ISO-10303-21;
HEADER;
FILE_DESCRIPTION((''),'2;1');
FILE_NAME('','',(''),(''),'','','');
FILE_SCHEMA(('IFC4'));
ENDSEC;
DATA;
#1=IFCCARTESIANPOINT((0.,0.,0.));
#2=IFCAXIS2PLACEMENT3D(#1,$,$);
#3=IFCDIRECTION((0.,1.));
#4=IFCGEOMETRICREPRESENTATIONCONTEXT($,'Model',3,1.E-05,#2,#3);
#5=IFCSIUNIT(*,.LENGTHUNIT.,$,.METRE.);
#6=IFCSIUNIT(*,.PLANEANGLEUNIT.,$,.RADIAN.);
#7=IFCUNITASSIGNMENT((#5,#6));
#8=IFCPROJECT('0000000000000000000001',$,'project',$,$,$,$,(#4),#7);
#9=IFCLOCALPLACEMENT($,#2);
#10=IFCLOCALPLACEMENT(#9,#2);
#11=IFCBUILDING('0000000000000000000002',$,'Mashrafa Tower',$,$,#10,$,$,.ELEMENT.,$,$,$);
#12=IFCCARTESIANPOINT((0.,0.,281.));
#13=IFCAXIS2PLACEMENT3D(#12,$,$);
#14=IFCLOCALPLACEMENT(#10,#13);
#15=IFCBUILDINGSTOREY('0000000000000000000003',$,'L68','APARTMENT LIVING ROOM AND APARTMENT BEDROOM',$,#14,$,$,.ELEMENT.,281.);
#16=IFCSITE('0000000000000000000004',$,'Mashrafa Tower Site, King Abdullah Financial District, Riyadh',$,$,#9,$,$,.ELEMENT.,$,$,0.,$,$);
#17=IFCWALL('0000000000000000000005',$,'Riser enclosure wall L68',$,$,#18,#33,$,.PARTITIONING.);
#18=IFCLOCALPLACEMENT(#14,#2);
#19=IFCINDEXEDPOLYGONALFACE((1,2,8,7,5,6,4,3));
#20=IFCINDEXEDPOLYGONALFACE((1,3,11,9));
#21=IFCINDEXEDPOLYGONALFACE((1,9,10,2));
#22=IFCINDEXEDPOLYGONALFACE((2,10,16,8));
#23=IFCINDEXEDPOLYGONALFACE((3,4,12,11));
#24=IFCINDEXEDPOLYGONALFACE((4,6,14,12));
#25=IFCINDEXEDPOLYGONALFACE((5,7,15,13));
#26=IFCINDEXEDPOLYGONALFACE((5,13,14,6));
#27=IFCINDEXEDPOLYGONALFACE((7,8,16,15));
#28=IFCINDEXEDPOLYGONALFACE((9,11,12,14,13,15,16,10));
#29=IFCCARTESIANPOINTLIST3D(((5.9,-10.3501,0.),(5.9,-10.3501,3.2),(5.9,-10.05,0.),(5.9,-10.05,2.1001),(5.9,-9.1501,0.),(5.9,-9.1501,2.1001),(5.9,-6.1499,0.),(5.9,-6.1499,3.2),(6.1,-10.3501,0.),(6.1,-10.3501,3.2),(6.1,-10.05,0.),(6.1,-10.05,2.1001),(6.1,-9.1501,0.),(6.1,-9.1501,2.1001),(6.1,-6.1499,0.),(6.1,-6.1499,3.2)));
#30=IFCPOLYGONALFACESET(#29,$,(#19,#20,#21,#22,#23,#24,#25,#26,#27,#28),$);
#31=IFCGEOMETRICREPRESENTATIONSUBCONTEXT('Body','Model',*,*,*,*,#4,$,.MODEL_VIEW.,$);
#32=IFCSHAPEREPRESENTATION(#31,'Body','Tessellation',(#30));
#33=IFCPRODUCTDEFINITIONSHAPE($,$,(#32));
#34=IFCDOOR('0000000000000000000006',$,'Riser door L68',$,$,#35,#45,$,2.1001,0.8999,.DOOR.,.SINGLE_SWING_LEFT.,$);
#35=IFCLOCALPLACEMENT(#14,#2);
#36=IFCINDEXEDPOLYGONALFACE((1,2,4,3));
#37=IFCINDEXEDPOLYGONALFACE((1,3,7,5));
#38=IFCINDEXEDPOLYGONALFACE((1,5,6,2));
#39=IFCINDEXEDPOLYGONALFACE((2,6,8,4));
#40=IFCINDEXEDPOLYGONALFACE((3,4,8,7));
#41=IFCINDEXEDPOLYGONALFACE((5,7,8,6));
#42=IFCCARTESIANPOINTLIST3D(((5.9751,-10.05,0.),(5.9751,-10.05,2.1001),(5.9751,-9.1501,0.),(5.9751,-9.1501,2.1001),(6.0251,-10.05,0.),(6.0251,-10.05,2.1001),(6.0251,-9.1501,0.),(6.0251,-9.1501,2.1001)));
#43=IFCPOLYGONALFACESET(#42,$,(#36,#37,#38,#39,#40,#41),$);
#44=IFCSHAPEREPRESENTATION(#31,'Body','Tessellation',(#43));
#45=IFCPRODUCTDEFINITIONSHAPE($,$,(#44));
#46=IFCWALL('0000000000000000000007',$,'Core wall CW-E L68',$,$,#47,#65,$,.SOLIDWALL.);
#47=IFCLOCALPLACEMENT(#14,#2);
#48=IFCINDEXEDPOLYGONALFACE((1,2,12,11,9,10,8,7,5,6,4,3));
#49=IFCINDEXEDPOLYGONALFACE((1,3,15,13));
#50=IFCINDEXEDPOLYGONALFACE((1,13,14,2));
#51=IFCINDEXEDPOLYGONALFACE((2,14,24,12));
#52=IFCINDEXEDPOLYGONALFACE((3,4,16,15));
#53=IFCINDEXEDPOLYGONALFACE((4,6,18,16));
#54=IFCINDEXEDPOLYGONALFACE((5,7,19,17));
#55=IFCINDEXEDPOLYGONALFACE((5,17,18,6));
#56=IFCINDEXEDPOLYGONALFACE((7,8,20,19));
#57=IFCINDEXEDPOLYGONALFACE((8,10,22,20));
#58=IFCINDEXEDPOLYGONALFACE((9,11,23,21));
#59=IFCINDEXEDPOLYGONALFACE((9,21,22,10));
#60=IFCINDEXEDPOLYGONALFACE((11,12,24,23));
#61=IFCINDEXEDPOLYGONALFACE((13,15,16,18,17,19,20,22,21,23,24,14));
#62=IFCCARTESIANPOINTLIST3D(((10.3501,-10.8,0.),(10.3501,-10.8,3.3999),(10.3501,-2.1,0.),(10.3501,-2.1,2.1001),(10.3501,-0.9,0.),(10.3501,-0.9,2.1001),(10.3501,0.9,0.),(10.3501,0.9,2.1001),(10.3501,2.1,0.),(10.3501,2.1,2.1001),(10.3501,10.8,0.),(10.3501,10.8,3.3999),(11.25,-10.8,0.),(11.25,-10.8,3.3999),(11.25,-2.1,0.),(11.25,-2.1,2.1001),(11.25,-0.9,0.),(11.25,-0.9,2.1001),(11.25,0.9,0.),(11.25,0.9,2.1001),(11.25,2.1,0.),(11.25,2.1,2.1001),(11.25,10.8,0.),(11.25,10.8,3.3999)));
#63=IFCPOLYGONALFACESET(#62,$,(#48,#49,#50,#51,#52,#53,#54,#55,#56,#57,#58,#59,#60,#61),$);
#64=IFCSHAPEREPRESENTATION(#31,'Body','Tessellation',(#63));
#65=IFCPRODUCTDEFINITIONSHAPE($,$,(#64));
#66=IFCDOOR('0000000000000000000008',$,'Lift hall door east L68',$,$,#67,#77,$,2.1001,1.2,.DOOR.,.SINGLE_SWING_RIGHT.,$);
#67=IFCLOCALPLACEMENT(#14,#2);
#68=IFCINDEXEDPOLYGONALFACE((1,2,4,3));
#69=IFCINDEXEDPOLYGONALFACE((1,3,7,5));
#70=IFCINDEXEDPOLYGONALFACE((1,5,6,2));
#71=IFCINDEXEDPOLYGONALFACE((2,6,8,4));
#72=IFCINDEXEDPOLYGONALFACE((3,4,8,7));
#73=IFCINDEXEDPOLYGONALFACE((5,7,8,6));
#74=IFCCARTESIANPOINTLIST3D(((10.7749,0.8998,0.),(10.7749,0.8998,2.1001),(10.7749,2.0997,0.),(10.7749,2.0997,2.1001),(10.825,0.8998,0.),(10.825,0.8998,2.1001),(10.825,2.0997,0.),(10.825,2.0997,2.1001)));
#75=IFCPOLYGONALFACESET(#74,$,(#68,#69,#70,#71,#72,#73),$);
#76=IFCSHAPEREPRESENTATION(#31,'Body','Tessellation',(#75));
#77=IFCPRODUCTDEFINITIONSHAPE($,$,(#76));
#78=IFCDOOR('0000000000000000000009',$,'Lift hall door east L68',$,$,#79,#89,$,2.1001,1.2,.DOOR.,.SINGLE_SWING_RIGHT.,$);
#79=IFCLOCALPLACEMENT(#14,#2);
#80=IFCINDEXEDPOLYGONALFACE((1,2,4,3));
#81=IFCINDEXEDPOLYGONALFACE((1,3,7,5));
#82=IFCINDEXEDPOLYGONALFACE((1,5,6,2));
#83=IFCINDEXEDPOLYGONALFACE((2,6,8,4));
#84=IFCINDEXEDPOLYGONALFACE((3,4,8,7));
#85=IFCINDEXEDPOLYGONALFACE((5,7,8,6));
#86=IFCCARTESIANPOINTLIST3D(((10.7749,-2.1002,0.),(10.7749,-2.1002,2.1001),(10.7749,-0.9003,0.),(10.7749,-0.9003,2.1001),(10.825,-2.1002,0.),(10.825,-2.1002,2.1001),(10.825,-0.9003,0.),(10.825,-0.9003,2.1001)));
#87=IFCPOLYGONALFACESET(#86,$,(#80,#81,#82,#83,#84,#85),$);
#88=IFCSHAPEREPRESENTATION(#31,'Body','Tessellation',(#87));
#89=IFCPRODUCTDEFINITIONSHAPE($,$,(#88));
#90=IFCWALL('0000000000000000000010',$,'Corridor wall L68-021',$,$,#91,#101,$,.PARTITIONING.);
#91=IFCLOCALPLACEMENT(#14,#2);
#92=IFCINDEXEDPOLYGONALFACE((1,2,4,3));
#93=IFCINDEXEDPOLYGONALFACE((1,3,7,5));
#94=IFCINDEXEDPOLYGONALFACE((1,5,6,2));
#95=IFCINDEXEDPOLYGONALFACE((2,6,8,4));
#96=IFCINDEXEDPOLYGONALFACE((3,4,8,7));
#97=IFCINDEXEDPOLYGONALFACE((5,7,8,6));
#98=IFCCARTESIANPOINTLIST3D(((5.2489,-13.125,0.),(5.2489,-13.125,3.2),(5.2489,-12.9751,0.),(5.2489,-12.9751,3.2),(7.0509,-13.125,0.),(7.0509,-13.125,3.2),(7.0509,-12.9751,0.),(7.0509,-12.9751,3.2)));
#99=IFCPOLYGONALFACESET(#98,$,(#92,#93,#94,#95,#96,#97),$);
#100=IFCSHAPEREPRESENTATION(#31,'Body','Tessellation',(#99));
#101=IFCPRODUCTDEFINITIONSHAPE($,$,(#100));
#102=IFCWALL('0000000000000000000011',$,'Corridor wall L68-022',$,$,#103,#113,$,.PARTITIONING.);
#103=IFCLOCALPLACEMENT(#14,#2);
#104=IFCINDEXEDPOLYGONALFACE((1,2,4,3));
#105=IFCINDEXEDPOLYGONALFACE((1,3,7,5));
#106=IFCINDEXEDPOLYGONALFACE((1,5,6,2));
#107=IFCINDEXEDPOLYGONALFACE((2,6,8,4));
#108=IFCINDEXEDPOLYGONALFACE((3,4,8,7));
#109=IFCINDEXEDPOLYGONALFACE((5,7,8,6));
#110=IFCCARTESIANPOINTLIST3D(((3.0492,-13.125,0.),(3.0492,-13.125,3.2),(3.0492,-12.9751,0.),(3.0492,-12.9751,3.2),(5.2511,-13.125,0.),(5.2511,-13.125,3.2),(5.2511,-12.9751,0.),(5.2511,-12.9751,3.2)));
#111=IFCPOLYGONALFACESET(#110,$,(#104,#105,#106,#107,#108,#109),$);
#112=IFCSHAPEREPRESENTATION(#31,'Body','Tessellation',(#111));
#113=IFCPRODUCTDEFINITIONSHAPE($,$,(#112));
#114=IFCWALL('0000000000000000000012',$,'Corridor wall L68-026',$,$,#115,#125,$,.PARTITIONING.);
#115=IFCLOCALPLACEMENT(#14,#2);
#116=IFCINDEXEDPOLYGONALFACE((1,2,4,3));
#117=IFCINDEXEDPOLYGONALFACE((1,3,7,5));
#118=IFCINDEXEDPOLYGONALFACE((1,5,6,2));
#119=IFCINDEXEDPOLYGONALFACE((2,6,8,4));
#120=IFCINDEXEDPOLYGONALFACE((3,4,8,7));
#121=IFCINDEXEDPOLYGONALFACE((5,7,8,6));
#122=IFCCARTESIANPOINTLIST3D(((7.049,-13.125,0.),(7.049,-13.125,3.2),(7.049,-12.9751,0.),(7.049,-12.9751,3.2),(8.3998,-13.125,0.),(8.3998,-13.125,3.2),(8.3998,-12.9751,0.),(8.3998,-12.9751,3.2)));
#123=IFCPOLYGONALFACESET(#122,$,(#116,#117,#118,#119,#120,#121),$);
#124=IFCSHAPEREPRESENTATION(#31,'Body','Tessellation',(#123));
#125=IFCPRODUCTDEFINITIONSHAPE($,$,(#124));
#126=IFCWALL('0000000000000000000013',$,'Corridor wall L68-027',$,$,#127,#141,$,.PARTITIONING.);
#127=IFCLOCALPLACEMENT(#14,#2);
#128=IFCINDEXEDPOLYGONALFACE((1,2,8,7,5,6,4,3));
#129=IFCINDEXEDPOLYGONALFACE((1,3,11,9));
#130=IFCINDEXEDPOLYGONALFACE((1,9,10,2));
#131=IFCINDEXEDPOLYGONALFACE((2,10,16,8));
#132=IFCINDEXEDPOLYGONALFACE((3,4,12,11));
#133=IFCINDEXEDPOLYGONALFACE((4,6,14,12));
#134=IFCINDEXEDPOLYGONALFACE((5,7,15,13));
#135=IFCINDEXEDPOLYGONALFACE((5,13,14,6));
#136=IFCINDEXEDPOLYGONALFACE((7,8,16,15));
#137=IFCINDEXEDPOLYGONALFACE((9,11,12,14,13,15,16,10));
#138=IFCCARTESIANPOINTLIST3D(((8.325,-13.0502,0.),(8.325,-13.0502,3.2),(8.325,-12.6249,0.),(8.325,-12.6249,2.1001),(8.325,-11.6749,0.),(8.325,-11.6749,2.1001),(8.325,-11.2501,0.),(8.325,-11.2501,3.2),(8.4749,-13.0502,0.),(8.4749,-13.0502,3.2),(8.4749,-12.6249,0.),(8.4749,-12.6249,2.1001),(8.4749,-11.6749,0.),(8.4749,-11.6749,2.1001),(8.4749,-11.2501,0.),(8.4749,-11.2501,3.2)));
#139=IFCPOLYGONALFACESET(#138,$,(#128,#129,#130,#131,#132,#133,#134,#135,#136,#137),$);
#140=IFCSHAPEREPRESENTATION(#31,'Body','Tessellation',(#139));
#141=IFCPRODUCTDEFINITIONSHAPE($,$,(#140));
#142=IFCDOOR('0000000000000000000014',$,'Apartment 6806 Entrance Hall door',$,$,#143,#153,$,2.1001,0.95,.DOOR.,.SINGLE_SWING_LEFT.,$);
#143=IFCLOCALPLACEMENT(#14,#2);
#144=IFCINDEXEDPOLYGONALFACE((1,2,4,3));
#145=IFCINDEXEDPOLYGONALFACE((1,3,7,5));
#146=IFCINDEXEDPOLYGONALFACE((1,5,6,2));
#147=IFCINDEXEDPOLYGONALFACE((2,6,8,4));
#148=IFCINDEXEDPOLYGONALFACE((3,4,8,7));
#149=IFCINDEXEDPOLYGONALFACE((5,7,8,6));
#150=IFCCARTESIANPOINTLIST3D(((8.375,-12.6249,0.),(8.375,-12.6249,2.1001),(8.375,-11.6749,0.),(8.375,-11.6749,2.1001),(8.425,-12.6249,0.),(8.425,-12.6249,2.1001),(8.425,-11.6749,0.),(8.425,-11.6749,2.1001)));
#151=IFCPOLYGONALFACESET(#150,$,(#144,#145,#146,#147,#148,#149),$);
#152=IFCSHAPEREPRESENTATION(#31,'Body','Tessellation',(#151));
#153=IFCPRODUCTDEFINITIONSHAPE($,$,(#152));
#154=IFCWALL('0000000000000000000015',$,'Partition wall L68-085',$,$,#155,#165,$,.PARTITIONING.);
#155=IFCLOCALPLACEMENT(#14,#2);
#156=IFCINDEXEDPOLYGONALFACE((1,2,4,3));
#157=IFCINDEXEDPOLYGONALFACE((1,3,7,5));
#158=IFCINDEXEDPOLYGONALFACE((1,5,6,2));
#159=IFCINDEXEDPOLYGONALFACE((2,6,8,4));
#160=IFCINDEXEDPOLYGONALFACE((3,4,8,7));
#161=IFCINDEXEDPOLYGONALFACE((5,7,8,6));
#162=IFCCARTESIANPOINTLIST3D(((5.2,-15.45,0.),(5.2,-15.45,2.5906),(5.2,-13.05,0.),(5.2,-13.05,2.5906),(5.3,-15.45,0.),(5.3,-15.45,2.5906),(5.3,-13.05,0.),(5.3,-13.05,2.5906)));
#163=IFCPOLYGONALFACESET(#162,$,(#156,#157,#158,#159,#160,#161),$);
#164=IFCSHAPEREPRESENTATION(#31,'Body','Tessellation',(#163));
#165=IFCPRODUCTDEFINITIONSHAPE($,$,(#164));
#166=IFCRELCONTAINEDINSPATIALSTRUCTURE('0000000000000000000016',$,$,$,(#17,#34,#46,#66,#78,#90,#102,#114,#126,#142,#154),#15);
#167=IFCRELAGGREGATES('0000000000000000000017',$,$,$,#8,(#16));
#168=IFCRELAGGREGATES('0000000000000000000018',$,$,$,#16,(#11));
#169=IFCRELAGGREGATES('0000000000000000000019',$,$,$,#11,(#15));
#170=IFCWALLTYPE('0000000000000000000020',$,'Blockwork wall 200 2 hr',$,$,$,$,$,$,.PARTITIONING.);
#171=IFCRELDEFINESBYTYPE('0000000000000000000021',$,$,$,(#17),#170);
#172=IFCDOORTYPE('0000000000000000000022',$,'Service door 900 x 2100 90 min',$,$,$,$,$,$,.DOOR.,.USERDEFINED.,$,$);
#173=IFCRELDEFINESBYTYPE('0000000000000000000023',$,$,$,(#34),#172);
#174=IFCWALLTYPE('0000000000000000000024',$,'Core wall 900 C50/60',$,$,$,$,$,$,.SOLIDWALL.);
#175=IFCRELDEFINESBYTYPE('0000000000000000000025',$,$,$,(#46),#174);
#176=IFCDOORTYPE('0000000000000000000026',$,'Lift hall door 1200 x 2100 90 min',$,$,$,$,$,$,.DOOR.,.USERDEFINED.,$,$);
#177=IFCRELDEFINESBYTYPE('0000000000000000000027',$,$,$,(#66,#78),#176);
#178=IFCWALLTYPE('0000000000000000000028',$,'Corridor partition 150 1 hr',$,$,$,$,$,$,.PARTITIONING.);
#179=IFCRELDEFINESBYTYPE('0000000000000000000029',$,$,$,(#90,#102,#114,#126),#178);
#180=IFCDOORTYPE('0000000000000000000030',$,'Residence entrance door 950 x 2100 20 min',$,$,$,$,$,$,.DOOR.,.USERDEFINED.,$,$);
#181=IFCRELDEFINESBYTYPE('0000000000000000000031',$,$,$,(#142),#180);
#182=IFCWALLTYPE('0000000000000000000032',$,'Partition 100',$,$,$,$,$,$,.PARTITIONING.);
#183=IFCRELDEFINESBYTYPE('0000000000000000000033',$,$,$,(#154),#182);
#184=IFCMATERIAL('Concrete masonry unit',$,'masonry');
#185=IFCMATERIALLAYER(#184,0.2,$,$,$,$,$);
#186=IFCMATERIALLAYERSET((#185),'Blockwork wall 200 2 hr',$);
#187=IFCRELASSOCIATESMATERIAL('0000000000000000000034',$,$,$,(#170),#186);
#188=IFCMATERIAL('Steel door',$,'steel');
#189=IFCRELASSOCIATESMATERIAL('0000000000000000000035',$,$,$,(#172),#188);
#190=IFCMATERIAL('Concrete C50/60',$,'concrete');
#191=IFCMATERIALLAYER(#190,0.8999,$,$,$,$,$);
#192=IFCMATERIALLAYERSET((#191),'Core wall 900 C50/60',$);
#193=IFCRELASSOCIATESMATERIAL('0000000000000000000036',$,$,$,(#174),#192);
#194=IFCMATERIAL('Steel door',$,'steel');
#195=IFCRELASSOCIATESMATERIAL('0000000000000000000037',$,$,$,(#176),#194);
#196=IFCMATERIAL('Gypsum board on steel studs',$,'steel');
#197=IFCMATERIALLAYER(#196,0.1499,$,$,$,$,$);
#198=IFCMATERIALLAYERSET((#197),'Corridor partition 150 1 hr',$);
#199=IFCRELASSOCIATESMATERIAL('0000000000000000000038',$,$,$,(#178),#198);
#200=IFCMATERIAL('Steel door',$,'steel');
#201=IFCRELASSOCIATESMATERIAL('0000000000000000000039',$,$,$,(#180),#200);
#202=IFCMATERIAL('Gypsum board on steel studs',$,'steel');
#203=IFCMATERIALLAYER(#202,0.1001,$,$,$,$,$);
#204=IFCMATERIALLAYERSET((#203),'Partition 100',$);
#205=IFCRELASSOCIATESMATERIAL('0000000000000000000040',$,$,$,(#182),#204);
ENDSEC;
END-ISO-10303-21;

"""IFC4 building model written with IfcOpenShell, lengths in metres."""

from ifc_helpers import new_model, si_unit, direction, frame, frame_2d, origin, place, context, subcontext, project, spatial, rectangle, extrude, material, layer, layer_set, type_object, element, fill, save


model = new_model("IFC4")

# Units and contexts
model_context = context("Model", 3, precision=1e-05, world=origin(), true_north=direction((0.0, 1.0)))
body_context = subcontext(model_context, "Body", "Model", "MODEL_VIEW")
ifc_project = project(units=[si_unit("LENGTHUNIT", "METRE"), si_unit("PLANEANGLEUNIT", "RADIAN")], contexts=[model_context])

# Site, building, storey
site_placement = place(None, origin())
site = spatial("IfcSite", under=ifc_project, at=site_placement, Name="Mashrafa Tower Site, King Abdullah Financial District, Riyadh", CompositionType="ELEMENT", RefElevation=0.0)
building_placement = place(site_placement, origin())
building = spatial("IfcBuilding", under=site, at=building_placement, Name="Mashrafa Tower", CompositionType="ELEMENT")
storey_placement = place(building_placement, frame((0.0, 0.0, 281.0)))
storey = spatial("IfcBuildingStorey", under=building, at=storey_placement, Name="L68", Description="APARTMENT LIVING ROOM AND APARTMENT BEDROOM", CompositionType="ELEMENT", Elevation=281.0)

# Wall, opening, door
ifc_material_1 = material(Name="Concrete masonry unit", Category="masonry")
ifc_layer_1 = layer(ifc_material_1, 0.2)
ifc_layer_set_1 = layer_set([ifc_layer_1], Name="Blockwork wall 200 2 hr")
wall_type_1 = type_object("IfcWallType", Name="Blockwork wall 200 2 hr", PredefinedType="PARTITIONING", material=ifc_layer_set_1)
wall_1_placement = place(storey_placement, frame((6.0, -10.3501, 0.0), z_axis=(0.0, 0.0, 1.0), x_axis=(0.0, 1.0, 0.0)))
wall_1 = element("IfcWall", 1, at=wall_1_placement, inside=storey, type_object=wall_type_1, Name="Riser enclosure wall L68", PredefinedType="PARTITIONING", context=body_context, shape_type="SweptSolid", body=[
    extrude(rectangle(XDim=4.2002, YDim=0.2, at=frame_2d((2.1001, 0.0))), origin(), (0.0, 0.0, 1.0), 3.2),
])
opening_1_placement = place(wall_1_placement, frame((0.3, 0.0, 0.0)))
opening_1 = element("IfcOpeningElement", 2, at=opening_1_placement, cuts=wall_1, PredefinedType="OPENING", context=body_context, shape_type="SweptSolid", body=[
    extrude(rectangle(XDim=0.8999, YDim=2.1001, at=frame_2d((0.45, 1.05))), frame((0.0, 0.1099, 0.0), z_axis=(0.0, -1.0, 0.0), x_axis=(1.0, 0.0, 0.0)), (0.0, 0.0, 1.0), 0.22),
])
ifc_material_2 = material(Name="Steel door", Category="steel")
door_type_1 = type_object("IfcDoorType", Name="Service door 900 x 2100 90 min", OperationType="USERDEFINED", PredefinedType="DOOR", material=ifc_material_2)
door_1_placement = place(opening_1_placement, origin())
door_1 = element("IfcDoor", 3, at=door_1_placement, inside=storey, type_object=door_type_1, Name="Riser door L68", OperationType="SINGLE_SWING_LEFT", OverallHeight=2.1001, OverallWidth=0.8999, PredefinedType="DOOR", context=body_context, shape_type="SweptSolid", body=[
    extrude(rectangle(XDim=0.8999, YDim=2.1001, at=frame_2d((0.45, 1.05))), frame((0.0, 0.0249, 0.0), z_axis=(0.0, -1.0, 0.0), x_axis=(1.0, 0.0, 0.0)), (0.0, 0.0, 1.0), 0.05),
])
fill(opening_1, door_1)

# Wall, openings, doors
ifc_material_3 = material(Name="Concrete C50/60", Category="concrete")
ifc_layer_2 = layer(ifc_material_3, 0.8999)
ifc_layer_set_2 = layer_set([ifc_layer_2], Name="Core wall 900 C50/60")
wall_type_2 = type_object("IfcWallType", Name="Core wall 900 C50/60", PredefinedType="SOLIDWALL", material=ifc_layer_set_2)
wall_2_placement = place(storey_placement, frame((10.8, -10.8, 0.0), z_axis=(0.0, 0.0, 1.0), x_axis=(0.0, 1.0, 0.0)))
wall_2 = element("IfcWall", 4, at=wall_2_placement, inside=storey, type_object=wall_type_2, Name="Core wall CW-E L68", PredefinedType="SOLIDWALL", context=body_context, shape_type="SweptSolid", body=[
    extrude(rectangle(XDim=21.6001, YDim=0.8999, at=frame_2d((10.8, 0.0))), origin(), (0.0, 0.0, 1.0), 3.3999),
])
opening_2_placement = place(wall_2_placement, frame((11.7, 0.0, 0.0)))
opening_2 = element("IfcOpeningElement", 5, at=opening_2_placement, cuts=wall_2, PredefinedType="OPENING", context=body_context, shape_type="SweptSolid", body=[
    extrude(rectangle(XDim=1.2, YDim=2.1001, at=frame_2d((0.6001, 1.05))), frame((0.0, 0.46, 0.0), z_axis=(0.0, -1.0, 0.0), x_axis=(1.0, 0.0, 0.0)), (0.0, 0.0, 1.0), 0.9199),
])
opening_3_placement = place(wall_2_placement, frame((8.7, 0.0, 0.0)))
opening_3 = element("IfcOpeningElement", 6, at=opening_3_placement, cuts=wall_2, PredefinedType="OPENING", context=body_context, shape_type="SweptSolid", body=[
    extrude(rectangle(XDim=1.2, YDim=2.1001, at=frame_2d((0.6001, 1.05))), frame((0.0, 0.46, 0.0), z_axis=(0.0, -1.0, 0.0), x_axis=(1.0, 0.0, 0.0)), (0.0, 0.0, 1.0), 0.9199),
])
ifc_material_4 = material(Name="Steel door", Category="steel")
door_type_2 = type_object("IfcDoorType", Name="Lift hall door 1200 x 2100 90 min", OperationType="USERDEFINED", PredefinedType="DOOR", material=ifc_material_4)
door_2_placement = place(opening_2_placement, frame((1.2, 0.0, 0.0), z_axis=(0.0, 0.0, 1.0), x_axis=(-1.0, 0.0, 0.0)))
door_2 = element("IfcDoor", 7, at=door_2_placement, inside=storey, type_object=door_type_2, Name="Lift hall door east L68", OperationType="SINGLE_SWING_RIGHT", OverallHeight=2.1001, OverallWidth=1.2, PredefinedType="DOOR", context=body_context, shape_type="SweptSolid", body=[
    extrude(rectangle(XDim=1.2, YDim=2.1001, at=frame_2d((0.6001, 1.05))), frame((0.0, 0.0249, 0.0), z_axis=(0.0, -1.0, 0.0), x_axis=(1.0, 0.0, 0.0)), (0.0, 0.0, 1.0), 0.05),
])
fill(opening_2, door_2)
door_3_placement = place(opening_3_placement, frame((1.2, 0.0, 0.0), z_axis=(0.0, 0.0, 1.0), x_axis=(-1.0, 0.0, 0.0)))
door_3 = element("IfcDoor", 8, at=door_3_placement, inside=storey, type_object=door_type_2, Name="Lift hall door east L68", OperationType="SINGLE_SWING_RIGHT", OverallHeight=2.1001, OverallWidth=1.2, PredefinedType="DOOR", context=body_context, shape_type="SweptSolid", body=[
    extrude(rectangle(XDim=1.2, YDim=2.1001, at=frame_2d((0.6001, 1.05))), frame((0.0, 0.0249, 0.0), z_axis=(0.0, -1.0, 0.0), x_axis=(1.0, 0.0, 0.0)), (0.0, 0.0, 1.0), 0.05),
])
fill(opening_3, door_3)

# Walls
ifc_material_5 = material(Name="Gypsum board on steel studs", Category="steel")
ifc_layer_3 = layer(ifc_material_5, 0.1499)
ifc_layer_set_3 = layer_set([ifc_layer_3], Name="Corridor partition 150 1 hr")
wall_type_3 = type_object("IfcWallType", Name="Corridor partition 150 1 hr", PredefinedType="PARTITIONING", material=ifc_layer_set_3)
wall_3_placement = place(storey_placement, frame((5.249, -13.05, 0.0), z_axis=(0.0, 0.0, 1.0), x_axis=(1.0, 0.0, 0.0)))
element("IfcWall", 9, at=wall_3_placement, inside=storey, type_object=wall_type_3, Name="Corridor wall L68-021", PredefinedType="PARTITIONING", context=body_context, shape_type="SweptSolid", body=[
    extrude(rectangle(XDim=1.802, YDim=0.1499, at=frame_2d((0.9009, 0.0))), origin(), (0.0, 0.0, 1.0), 3.2),
])
wall_4_placement = place(storey_placement, frame((3.0491, -13.05, 0.0), z_axis=(0.0, 0.0, 1.0), x_axis=(1.0, 0.0, 0.0)))
element("IfcWall", 10, at=wall_4_placement, inside=storey, type_object=wall_type_3, Name="Corridor wall L68-022", PredefinedType="PARTITIONING", context=body_context, shape_type="SweptSolid", body=[
    extrude(rectangle(XDim=2.2019, YDim=0.1499, at=frame_2d((1.1011, 0.0))), origin(), (0.0, 0.0, 1.0), 3.2),
])
wall_5_placement = place(storey_placement, frame((7.0491, -13.05, 0.0), z_axis=(0.0, 0.0, 1.0), x_axis=(1.0, 0.0, 0.0)))
element("IfcWall", 11, at=wall_5_placement, inside=storey, type_object=wall_type_3, Name="Corridor wall L68-026", PredefinedType="PARTITIONING", context=body_context, shape_type="SweptSolid", body=[
    extrude(rectangle(XDim=1.3508, YDim=0.1499, at=frame_2d((0.6753, 0.0))), origin(), (0.0, 0.0, 1.0), 3.2),
])

# Wall, opening, door
wall_6_placement = place(storey_placement, frame((8.3999, -13.05, 0.0), z_axis=(0.0, 0.0, 1.0), x_axis=(0.0, 1.0, 0.0)))
wall_6 = element("IfcWall", 12, at=wall_6_placement, inside=storey, type_object=wall_type_3, Name="Corridor wall L68-027", PredefinedType="PARTITIONING", context=body_context, shape_type="SweptSolid", body=[
    extrude(rectangle(XDim=1.8, YDim=0.1499, at=frame_2d((0.8999, 0.0))), origin(), (0.0, 0.0, 1.0), 3.2),
])
opening_4_placement = place(wall_6_placement, frame((0.425, 0.0, 0.0)))
opening_4 = element("IfcOpeningElement", 13, at=opening_4_placement, cuts=wall_6, PredefinedType="OPENING", context=body_context, shape_type="SweptSolid", body=[
    extrude(rectangle(XDim=0.95, YDim=2.1001, at=frame_2d((0.4751, 1.05))), frame((0.0, 0.085, 0.0), z_axis=(0.0, -1.0, 0.0), x_axis=(1.0, 0.0, 0.0)), (0.0, 0.0, 1.0), 0.1699),
])
ifc_material_6 = material(Name="Steel door", Category="steel")
door_type_3 = type_object("IfcDoorType", Name="Residence entrance door 950 x 2100 20 min", OperationType="USERDEFINED", PredefinedType="DOOR", material=ifc_material_6)
door_4_placement = place(opening_4_placement, origin())
door_4 = element("IfcDoor", 14, at=door_4_placement, inside=storey, type_object=door_type_3, Name="Apartment 6806 Entrance Hall door", OperationType="SINGLE_SWING_LEFT", OverallHeight=2.1001, OverallWidth=0.95, PredefinedType="DOOR", context=body_context, shape_type="SweptSolid", body=[
    extrude(rectangle(XDim=0.95, YDim=2.1001, at=frame_2d((0.4751, 1.05))), frame((0.0, 0.0249, 0.0), z_axis=(0.0, -1.0, 0.0), x_axis=(1.0, 0.0, 0.0)), (0.0, 0.0, 1.0), 0.05),
])
fill(opening_4, door_4)

# Wall
ifc_material_7 = material(Name="Gypsum board on steel studs", Category="steel")
ifc_layer_4 = layer(ifc_material_7, 0.1001)
ifc_layer_set_4 = layer_set([ifc_layer_4], Name="Partition 100")
wall_type_4 = type_object("IfcWallType", Name="Partition 100", PredefinedType="PARTITIONING", material=ifc_layer_set_4)
wall_7_placement = place(storey_placement, frame((5.25, -13.05, 0.0), z_axis=(0.0, 0.0, 1.0), x_axis=(0.0, -1.0, 0.0)))
element("IfcWall", 15, at=wall_7_placement, inside=storey, type_object=wall_type_4, Name="Partition wall L68-085", PredefinedType="PARTITIONING", context=body_context, shape_type="SweptSolid", body=[
    extrude(rectangle(XDim=2.3999, YDim=0.1001, at=frame_2d((1.2, 0.0))), origin(), (0.0, 0.0, 1.0), 2.5906),
])

save(model, "model.ifc")
